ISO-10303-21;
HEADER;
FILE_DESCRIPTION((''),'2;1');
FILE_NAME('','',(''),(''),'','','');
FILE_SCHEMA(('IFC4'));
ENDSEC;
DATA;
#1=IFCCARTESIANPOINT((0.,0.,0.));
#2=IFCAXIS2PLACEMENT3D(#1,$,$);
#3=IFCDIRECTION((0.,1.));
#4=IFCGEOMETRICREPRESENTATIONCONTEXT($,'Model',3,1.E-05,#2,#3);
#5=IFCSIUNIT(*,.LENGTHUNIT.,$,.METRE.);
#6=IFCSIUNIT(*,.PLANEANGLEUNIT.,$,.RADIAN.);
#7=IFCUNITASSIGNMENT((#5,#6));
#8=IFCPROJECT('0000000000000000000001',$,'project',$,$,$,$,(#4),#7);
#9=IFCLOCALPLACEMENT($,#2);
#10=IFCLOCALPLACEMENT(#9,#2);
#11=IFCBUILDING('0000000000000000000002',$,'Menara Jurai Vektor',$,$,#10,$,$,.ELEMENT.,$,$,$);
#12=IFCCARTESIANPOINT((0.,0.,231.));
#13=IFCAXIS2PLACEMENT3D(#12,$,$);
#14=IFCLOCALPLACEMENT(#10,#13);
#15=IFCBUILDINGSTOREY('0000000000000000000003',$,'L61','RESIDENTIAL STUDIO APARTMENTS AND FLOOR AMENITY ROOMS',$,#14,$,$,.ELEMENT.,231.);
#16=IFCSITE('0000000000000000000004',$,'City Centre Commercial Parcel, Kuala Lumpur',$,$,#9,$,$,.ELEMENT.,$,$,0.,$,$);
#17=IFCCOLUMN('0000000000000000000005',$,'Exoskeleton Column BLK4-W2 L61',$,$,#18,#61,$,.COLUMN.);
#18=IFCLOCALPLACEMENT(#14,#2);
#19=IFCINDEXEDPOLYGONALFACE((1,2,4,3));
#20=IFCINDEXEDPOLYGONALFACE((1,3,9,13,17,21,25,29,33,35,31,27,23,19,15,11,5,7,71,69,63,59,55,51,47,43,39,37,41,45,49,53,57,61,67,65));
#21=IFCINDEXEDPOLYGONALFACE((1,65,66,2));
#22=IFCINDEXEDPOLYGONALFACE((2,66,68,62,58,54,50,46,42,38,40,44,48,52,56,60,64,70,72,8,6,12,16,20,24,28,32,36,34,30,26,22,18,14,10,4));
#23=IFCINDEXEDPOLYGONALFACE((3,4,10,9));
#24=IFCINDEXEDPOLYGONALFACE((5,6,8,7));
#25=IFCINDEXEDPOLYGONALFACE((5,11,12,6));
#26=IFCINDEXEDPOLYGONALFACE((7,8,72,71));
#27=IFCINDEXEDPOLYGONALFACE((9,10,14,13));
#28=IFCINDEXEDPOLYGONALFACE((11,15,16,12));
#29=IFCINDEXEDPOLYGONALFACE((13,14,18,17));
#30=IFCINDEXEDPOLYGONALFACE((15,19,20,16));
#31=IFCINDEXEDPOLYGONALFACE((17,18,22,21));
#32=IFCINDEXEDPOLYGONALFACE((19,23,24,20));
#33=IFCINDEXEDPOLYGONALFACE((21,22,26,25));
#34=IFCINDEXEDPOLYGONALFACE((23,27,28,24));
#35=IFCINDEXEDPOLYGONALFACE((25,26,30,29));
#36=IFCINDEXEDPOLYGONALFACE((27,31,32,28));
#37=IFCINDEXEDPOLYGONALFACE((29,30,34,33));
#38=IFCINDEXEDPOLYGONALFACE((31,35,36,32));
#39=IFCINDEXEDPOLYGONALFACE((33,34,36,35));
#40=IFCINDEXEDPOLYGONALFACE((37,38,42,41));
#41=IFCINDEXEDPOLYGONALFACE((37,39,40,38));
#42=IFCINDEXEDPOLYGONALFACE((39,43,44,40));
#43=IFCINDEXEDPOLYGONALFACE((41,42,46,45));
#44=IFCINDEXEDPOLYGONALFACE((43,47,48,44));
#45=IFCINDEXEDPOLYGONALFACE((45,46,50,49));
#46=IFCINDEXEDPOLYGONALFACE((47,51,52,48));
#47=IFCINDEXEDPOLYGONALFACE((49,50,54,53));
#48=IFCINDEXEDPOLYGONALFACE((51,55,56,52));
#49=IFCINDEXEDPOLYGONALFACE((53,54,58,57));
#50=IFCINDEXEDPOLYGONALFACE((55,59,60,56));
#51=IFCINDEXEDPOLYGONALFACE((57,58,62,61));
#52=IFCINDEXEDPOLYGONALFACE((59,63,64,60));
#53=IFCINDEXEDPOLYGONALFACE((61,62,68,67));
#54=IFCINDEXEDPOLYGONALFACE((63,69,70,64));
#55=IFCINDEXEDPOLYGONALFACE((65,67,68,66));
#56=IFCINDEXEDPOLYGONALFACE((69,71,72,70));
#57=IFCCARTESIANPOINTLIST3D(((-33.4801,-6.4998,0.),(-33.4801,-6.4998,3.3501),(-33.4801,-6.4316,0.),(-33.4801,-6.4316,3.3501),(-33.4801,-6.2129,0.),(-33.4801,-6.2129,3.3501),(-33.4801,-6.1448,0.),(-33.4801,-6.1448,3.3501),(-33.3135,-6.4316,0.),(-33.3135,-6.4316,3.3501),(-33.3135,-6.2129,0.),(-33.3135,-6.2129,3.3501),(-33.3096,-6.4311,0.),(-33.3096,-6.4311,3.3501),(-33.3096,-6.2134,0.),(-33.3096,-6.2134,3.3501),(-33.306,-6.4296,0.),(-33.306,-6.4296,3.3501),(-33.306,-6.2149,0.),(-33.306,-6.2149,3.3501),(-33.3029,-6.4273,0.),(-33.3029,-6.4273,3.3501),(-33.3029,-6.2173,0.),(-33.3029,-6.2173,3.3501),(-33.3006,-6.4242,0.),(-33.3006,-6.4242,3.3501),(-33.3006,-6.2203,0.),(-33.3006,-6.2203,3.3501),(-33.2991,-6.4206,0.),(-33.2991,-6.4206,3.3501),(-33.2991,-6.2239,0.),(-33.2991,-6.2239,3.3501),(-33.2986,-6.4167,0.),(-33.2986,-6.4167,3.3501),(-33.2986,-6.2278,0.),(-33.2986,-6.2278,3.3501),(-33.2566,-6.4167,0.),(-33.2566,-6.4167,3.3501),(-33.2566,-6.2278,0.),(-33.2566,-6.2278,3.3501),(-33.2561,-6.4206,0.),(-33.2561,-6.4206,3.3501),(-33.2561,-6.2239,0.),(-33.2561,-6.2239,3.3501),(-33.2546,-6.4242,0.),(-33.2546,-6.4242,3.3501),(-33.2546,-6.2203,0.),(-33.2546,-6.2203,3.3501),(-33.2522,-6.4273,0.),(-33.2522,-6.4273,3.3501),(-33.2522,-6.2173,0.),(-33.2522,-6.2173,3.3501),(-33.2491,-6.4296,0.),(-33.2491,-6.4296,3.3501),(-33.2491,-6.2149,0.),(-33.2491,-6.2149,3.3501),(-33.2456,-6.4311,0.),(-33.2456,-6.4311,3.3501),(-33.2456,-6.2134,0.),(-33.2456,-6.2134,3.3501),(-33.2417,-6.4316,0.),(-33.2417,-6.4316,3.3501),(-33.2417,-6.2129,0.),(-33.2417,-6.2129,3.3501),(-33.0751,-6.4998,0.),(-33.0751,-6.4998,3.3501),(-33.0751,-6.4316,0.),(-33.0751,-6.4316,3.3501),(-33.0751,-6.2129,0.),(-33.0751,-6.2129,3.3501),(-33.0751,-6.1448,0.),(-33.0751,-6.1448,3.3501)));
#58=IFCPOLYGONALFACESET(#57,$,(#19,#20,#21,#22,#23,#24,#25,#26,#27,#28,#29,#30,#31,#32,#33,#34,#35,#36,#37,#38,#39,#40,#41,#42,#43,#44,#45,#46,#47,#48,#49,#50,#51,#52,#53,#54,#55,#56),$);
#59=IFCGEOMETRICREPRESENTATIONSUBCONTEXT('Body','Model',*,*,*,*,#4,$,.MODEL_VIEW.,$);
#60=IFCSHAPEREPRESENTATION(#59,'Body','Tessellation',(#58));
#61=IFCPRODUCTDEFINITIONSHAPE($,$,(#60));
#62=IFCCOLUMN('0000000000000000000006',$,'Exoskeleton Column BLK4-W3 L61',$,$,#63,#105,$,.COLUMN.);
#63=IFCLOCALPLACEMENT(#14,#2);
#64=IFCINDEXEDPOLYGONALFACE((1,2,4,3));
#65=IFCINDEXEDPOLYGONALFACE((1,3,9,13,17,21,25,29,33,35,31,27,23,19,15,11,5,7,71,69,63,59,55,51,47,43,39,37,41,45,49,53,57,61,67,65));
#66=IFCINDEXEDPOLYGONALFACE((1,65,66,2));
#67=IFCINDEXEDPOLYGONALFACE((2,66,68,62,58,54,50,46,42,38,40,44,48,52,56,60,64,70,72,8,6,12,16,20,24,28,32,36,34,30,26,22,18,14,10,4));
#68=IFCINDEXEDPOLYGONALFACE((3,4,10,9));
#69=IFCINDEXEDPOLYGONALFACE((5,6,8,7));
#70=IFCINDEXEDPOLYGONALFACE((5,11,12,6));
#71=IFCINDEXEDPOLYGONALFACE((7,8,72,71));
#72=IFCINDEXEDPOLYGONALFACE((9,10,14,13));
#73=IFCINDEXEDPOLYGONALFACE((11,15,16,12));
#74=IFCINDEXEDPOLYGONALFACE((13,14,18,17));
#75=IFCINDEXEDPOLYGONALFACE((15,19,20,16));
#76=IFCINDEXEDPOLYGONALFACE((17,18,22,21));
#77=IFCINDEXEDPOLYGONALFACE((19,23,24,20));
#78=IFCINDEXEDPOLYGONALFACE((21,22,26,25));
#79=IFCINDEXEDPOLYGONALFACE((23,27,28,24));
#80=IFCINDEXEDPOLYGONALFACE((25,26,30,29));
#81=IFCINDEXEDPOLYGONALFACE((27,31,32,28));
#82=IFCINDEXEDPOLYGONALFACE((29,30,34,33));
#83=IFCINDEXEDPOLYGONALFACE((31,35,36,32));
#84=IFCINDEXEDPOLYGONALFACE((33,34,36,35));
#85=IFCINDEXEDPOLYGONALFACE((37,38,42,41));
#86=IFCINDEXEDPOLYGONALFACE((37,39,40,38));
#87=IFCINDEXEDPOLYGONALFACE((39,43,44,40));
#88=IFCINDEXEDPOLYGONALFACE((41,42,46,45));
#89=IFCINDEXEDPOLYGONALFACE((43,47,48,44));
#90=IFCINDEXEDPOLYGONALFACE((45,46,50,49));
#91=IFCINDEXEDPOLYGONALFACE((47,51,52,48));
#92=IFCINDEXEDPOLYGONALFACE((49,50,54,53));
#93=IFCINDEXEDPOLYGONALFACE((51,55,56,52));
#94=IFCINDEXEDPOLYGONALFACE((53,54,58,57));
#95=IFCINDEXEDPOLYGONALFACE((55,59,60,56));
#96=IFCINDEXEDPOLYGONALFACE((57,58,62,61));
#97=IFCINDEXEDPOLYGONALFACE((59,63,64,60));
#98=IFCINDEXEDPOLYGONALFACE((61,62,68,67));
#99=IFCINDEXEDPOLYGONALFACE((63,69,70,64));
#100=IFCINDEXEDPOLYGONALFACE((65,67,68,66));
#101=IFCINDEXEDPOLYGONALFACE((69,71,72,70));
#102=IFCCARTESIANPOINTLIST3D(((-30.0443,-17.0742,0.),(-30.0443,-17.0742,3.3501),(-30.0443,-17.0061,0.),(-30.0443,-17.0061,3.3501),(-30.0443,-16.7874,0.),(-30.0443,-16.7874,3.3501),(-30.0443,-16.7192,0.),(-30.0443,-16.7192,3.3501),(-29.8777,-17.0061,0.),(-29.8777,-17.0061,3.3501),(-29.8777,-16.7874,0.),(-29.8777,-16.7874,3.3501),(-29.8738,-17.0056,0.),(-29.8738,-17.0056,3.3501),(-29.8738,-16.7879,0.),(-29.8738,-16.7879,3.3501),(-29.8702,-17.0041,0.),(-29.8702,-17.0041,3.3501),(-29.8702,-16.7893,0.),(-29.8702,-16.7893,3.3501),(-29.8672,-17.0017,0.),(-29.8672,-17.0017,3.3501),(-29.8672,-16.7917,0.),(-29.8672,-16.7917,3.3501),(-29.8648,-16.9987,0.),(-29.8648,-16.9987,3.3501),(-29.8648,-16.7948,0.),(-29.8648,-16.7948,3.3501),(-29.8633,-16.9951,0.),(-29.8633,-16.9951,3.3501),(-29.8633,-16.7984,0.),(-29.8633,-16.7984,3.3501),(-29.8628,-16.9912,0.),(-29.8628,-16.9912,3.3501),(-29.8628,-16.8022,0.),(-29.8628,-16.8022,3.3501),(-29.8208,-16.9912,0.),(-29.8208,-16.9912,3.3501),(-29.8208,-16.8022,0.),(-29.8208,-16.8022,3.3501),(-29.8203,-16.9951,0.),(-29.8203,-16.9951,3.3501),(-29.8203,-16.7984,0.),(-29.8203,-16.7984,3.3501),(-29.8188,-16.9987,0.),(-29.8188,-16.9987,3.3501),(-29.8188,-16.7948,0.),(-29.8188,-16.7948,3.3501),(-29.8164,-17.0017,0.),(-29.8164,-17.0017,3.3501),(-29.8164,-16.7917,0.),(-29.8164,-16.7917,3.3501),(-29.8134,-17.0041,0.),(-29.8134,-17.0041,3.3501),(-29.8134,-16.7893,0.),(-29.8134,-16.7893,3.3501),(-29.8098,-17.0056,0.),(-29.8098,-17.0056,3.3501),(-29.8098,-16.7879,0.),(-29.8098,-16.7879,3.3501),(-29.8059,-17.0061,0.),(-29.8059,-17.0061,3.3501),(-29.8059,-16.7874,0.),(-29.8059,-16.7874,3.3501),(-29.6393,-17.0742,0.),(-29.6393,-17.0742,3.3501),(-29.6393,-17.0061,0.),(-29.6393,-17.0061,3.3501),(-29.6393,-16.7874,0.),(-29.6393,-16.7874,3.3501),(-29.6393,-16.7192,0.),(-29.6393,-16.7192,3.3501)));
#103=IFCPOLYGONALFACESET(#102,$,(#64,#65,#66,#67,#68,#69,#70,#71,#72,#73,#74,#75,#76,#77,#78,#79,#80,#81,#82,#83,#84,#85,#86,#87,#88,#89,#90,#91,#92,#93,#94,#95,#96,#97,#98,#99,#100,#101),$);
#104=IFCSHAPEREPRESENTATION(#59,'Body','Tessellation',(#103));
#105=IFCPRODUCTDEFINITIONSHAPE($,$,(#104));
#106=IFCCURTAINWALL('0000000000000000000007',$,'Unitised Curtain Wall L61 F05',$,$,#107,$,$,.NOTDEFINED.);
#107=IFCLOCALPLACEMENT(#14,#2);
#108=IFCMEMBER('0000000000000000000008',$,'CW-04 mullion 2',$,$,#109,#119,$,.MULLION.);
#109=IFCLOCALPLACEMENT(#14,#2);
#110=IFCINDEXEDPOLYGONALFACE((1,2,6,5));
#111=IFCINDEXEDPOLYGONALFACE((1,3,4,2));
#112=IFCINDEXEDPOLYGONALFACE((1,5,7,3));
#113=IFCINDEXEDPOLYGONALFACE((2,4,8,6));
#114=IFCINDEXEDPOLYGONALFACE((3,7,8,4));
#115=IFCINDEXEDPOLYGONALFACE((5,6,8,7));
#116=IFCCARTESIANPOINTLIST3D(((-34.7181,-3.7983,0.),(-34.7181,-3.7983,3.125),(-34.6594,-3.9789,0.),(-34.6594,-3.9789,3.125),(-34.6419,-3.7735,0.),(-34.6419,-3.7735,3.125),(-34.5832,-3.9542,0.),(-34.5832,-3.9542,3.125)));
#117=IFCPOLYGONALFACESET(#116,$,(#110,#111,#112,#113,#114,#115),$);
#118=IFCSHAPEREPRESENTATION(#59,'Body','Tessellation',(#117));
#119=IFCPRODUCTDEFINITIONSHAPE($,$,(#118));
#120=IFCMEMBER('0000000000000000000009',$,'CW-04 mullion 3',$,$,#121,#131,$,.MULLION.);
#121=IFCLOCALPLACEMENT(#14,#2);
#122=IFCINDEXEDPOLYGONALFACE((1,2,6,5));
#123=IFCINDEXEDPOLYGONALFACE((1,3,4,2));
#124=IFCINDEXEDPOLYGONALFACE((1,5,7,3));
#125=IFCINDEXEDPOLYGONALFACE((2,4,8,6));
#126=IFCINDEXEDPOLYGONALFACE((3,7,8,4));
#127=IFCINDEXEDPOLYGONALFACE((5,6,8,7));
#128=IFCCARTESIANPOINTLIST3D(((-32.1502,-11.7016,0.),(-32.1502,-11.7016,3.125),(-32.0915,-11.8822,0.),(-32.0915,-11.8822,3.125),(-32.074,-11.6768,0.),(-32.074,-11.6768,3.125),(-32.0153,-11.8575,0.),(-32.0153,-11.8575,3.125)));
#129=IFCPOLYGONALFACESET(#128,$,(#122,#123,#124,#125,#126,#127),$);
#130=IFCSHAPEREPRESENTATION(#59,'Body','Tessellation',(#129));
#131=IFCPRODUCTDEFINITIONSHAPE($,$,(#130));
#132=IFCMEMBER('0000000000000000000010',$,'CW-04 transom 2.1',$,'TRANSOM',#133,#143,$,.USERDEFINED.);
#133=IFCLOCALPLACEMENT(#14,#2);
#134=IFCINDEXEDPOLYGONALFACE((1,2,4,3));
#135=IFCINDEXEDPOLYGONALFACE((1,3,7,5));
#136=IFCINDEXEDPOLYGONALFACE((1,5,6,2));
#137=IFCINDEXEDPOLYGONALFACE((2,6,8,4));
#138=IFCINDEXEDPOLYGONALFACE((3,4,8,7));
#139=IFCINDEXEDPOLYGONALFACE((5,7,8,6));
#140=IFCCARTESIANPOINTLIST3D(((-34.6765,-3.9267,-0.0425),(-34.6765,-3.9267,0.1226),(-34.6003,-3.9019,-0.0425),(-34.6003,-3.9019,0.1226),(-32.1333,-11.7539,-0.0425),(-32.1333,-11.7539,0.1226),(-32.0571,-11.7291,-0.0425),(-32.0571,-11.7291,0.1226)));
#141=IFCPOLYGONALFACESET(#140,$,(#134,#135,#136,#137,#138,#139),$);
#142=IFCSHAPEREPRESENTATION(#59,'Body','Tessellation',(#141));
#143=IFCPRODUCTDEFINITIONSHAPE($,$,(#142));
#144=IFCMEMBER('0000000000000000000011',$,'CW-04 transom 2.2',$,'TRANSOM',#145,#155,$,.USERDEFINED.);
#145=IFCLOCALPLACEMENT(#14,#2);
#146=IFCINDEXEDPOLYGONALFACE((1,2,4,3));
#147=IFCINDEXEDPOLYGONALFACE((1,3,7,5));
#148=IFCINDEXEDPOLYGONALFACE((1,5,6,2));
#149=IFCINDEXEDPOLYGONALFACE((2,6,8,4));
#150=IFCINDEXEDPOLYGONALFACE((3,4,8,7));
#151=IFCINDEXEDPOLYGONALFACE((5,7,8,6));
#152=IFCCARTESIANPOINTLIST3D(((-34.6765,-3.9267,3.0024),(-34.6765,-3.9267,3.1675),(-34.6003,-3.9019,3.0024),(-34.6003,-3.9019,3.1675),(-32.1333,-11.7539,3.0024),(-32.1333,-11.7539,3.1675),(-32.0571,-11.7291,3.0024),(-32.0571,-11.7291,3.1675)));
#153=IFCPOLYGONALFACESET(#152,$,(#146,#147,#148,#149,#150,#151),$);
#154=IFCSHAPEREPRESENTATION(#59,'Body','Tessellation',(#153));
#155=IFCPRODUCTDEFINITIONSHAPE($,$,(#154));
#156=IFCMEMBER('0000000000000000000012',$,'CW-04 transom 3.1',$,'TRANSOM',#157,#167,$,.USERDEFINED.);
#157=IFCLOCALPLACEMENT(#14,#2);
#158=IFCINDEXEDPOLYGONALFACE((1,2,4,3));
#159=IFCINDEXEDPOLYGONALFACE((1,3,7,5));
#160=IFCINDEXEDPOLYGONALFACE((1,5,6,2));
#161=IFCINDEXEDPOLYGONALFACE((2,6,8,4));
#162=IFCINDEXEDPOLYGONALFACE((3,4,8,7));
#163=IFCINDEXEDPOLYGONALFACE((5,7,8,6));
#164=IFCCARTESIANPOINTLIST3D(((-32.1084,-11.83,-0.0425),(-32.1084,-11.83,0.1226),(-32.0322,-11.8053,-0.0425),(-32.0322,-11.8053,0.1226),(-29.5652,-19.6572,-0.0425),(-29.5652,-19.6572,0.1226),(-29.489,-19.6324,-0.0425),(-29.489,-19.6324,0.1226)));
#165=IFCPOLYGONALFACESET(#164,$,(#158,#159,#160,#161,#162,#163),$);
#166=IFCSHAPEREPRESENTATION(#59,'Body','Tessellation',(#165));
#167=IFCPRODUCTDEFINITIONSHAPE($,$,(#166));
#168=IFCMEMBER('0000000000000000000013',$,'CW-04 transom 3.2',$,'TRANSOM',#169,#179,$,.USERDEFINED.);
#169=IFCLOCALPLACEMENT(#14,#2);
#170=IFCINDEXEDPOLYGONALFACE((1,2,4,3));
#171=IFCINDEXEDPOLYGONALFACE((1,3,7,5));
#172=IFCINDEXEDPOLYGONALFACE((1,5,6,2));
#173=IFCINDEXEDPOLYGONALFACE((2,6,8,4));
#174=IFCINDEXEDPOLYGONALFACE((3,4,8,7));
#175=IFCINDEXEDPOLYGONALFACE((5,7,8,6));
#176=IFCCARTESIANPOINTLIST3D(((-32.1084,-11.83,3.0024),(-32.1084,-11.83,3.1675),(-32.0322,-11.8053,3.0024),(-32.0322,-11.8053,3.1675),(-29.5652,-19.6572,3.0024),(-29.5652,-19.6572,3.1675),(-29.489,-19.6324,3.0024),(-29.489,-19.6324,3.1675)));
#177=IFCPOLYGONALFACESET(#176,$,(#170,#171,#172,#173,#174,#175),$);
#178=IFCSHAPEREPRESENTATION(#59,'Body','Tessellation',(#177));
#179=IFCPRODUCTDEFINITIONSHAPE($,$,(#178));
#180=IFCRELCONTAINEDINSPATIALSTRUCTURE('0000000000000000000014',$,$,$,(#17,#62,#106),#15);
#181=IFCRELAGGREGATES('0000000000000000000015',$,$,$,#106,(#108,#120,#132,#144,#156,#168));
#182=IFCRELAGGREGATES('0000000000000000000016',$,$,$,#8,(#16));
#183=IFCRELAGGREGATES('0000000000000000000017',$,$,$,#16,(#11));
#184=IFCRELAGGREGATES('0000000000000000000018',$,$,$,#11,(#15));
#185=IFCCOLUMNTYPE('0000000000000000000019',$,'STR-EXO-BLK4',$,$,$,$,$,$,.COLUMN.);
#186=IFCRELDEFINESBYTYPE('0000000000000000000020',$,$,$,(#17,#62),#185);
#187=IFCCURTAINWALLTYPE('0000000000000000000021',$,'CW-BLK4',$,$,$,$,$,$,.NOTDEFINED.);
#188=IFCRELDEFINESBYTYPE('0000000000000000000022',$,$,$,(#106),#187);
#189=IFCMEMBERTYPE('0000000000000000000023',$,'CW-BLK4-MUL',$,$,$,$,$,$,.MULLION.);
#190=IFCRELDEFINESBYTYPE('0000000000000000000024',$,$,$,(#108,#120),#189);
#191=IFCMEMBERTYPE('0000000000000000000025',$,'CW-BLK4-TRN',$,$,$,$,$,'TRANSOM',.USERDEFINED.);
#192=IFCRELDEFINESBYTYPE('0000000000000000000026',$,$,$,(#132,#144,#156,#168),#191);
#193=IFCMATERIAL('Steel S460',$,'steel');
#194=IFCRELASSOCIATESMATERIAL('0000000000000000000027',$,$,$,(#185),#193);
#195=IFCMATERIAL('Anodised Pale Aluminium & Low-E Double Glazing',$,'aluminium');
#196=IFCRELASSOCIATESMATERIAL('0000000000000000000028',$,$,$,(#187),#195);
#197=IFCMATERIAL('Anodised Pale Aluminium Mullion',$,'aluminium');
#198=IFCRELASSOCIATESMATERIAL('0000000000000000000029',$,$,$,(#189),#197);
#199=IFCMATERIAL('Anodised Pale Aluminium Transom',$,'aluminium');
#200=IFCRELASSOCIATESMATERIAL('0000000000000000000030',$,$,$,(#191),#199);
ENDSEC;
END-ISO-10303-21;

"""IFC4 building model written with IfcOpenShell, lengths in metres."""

from ifc_helpers import new_model, si_unit, direction, frame, origin, origin_2d, place, context, subcontext, project, spatial, rectangle, i_section, extrude, material, material_profile, profile_set, type_object, element, aggregate, save


model = new_model("IFC4")

# Units and contexts
model_context = context("Model", 3, precision=1e-05, world=origin(), true_north=direction((0.0, 1.0)))
body_context = subcontext(model_context, "Body", "Model", "MODEL_VIEW")
ifc_project = project(units=[si_unit("LENGTHUNIT", "METRE"), si_unit("PLANEANGLEUNIT", "RADIAN")], contexts=[model_context])

# Site, building, storey
site_placement = place(None, origin())
site = spatial("IfcSite", under=ifc_project, at=site_placement, Name="City Centre Commercial Parcel, Kuala Lumpur", CompositionType="ELEMENT", RefElevation=0.0)
building_placement = place(site_placement, origin())
building = spatial("IfcBuilding", under=site, at=building_placement, Name="Menara Jurai Vektor", CompositionType="ELEMENT")
storey_placement = place(building_placement, frame((0.0, 0.0, 231.0)))
storey = spatial("IfcBuildingStorey", under=building, at=storey_placement, Name="L61", Description="RESIDENTIAL STUDIO APARTMENTS AND FLOOR AMENITY ROOMS", CompositionType="ELEMENT", Elevation=231.0)

# Columns
ifc_material_1 = material(Name="Steel S460", Category="steel")
ifc_material_profile_1 = material_profile(ifc_material_1, i_section(OverallWidth=0.405, OverallDepth=0.355, WebThickness=0.042, FlangeThickness=0.0681, FilletRadius=0.0149, at=origin_2d()), Name="HD 400x551")
ifc_profile_set_1 = profile_set([ifc_material_profile_1], Name="Steel S460")
column_type = type_object("IfcColumnType", Name="STR-EXO-BLK4", PredefinedType="COLUMN", material=ifc_profile_set_1)
for number, where, z_axis, x_axis, name in (
    (1, (-33.2776, -6.3223, 0.0), (0.0, 0.0, 1.0), (1.0, 0.0, 0.0), "Exoskeleton Column BLK4-W2 L61"),
    (2, (-29.8418, -16.8967, 0.0), (0.0, 0.0, 1.0), (1.0, 0.0, 0.0), "Exoskeleton Column BLK4-W3 L61"),
):
    element("IfcColumn", number, at=place(storey_placement, frame(where, z_axis=z_axis, x_axis=x_axis)), inside=storey, type_object=column_type, Name=name, PredefinedType="COLUMN", context=body_context, shape_type="SweptSolid", body=[
        extrude(i_section(OverallWidth=0.405, OverallDepth=0.355, WebThickness=0.042, FlangeThickness=0.0681, FilletRadius=0.0149, at=origin_2d()), origin(), (0.0, 0.0, 1.0), 3.3501),
    ])

# Curtain wall, members
ifc_material_2 = material(Name="Anodised Pale Aluminium & Low-E Double Glazing", Category="aluminium")
curtain_wall_type = type_object("IfcCurtainWallType", Name="CW-BLK4", PredefinedType="NOTDEFINED", material=ifc_material_2)
curtain_wall_placement = place(storey_placement, origin())
curtain_wall = element("IfcCurtainWall", 3, at=curtain_wall_placement, inside=storey, type_object=curtain_wall_type, Name="Unitised Curtain Wall L61 F05", PredefinedType="NOTDEFINED")
ifc_material_3 = material(Name="Anodised Pale Aluminium Mullion", Category="aluminium")
ifc_material_profile_2 = material_profile(ifc_material_3, rectangle(XDim=0.0801, YDim=0.1899, at=origin_2d()), Name="ALU MUL 80x190")
ifc_profile_set_2 = profile_set([ifc_material_profile_2], Name="Anodised Pale Aluminium Mullion")
member_type_1 = type_object("IfcMemberType", Name="CW-BLK4-MUL", PredefinedType="MULLION", material=ifc_profile_set_2)
member_1_placement = place(storey_placement, frame((-34.6506, -3.8762, 0.0), z_axis=(0.0, 0.0, 1.0), x_axis=(0.951057, 0.309016, 0.0)))
member_1 = element("IfcMember", 4, at=member_1_placement, type_object=member_type_1, Name="CW-04 mullion 2", PredefinedType="MULLION", context=body_context, shape_type="SweptSolid", body=[
    extrude(rectangle(XDim=0.0801, YDim=0.1899, at=origin_2d()), origin(), (0.0, 0.0, 1.0), 3.125),
])
member_2_placement = place(storey_placement, frame((-32.0828, -11.7795, 0.0), z_axis=(0.0, 0.0, 1.0), x_axis=(0.951057, 0.309016, 0.0)))
member_2 = element("IfcMember", 5, at=member_2_placement, type_object=member_type_1, Name="CW-04 mullion 3", PredefinedType="MULLION", context=body_context, shape_type="SweptSolid", body=[
    extrude(rectangle(XDim=0.0801, YDim=0.1899, at=origin_2d()), origin(), (0.0, 0.0, 1.0), 3.125),
])
ifc_material_4 = material(Name="Anodised Pale Aluminium Transom", Category="aluminium")
ifc_material_profile_3 = material_profile(ifc_material_4, rectangle(XDim=0.0801, YDim=0.165, at=origin_2d()), Name="ALU TRN 80x165")
ifc_profile_set_3 = profile_set([ifc_material_profile_3], Name="Anodised Pale Aluminium Transom")
member_type_2 = type_object("IfcMemberType", Name="CW-BLK4-TRN", ElementType="TRANSOM", PredefinedType="USERDEFINED", material=ifc_profile_set_3)
member_3_placement = place(storey_placement, frame((-34.6384, -3.9143, 0.04), z_axis=(0.309019, -0.951056, 0.0), x_axis=(0.951056, 0.309019, 0.0)))
member_3 = element("IfcMember", 6, at=member_3_placement, type_object=member_type_2, Name="CW-04 transom 2.1", ObjectType="TRANSOM", PredefinedType="USERDEFINED", context=body_context, shape_type="SweptSolid", body=[
    extrude(rectangle(XDim=0.0801, YDim=0.165, at=origin_2d()), origin(), (0.0, 0.0, 1.0), 8.23),
])
member_4_placement = place(storey_placement, frame((-34.6384, -3.9143, 3.085), z_axis=(0.309019, -0.951056, 0.0), x_axis=(0.951056, 0.309019, 0.0)))
member_4 = element("IfcMember", 7, at=member_4_placement, type_object=member_type_2, Name="CW-04 transom 2.2", ObjectType="TRANSOM", PredefinedType="USERDEFINED", context=body_context, shape_type="SweptSolid", body=[
    extrude(rectangle(XDim=0.0801, YDim=0.165, at=origin_2d()), origin(), (0.0, 0.0, 1.0), 8.23),
])
member_5_placement = place(storey_placement, frame((-32.0703, -11.8176, 0.04), z_axis=(0.309019, -0.951056, 0.0), x_axis=(0.951056, 0.309019, 0.0)))
member_5 = element("IfcMember", 8, at=member_5_placement, type_object=member_type_2, Name="CW-04 transom 3.1", ObjectType="TRANSOM", PredefinedType="USERDEFINED", context=body_context, shape_type="SweptSolid", body=[
    extrude(rectangle(XDim=0.0801, YDim=0.165, at=origin_2d()), origin(), (0.0, 0.0, 1.0), 8.23),
])
member_6_placement = place(storey_placement, frame((-32.0703, -11.8176, 3.085), z_axis=(0.309019, -0.951056, 0.0), x_axis=(0.951056, 0.309019, 0.0)))
member_6 = element("IfcMember", 9, at=member_6_placement, type_object=member_type_2, Name="CW-04 transom 3.2", ObjectType="TRANSOM", PredefinedType="USERDEFINED", context=body_context, shape_type="SweptSolid", body=[
    extrude(rectangle(XDim=0.0801, YDim=0.165, at=origin_2d()), origin(), (0.0, 0.0, 1.0), 8.23),
])

aggregate(curtain_wall, [member_1, member_2, member_3, member_4, member_5, member_6])

save(model, "model.ifc")
